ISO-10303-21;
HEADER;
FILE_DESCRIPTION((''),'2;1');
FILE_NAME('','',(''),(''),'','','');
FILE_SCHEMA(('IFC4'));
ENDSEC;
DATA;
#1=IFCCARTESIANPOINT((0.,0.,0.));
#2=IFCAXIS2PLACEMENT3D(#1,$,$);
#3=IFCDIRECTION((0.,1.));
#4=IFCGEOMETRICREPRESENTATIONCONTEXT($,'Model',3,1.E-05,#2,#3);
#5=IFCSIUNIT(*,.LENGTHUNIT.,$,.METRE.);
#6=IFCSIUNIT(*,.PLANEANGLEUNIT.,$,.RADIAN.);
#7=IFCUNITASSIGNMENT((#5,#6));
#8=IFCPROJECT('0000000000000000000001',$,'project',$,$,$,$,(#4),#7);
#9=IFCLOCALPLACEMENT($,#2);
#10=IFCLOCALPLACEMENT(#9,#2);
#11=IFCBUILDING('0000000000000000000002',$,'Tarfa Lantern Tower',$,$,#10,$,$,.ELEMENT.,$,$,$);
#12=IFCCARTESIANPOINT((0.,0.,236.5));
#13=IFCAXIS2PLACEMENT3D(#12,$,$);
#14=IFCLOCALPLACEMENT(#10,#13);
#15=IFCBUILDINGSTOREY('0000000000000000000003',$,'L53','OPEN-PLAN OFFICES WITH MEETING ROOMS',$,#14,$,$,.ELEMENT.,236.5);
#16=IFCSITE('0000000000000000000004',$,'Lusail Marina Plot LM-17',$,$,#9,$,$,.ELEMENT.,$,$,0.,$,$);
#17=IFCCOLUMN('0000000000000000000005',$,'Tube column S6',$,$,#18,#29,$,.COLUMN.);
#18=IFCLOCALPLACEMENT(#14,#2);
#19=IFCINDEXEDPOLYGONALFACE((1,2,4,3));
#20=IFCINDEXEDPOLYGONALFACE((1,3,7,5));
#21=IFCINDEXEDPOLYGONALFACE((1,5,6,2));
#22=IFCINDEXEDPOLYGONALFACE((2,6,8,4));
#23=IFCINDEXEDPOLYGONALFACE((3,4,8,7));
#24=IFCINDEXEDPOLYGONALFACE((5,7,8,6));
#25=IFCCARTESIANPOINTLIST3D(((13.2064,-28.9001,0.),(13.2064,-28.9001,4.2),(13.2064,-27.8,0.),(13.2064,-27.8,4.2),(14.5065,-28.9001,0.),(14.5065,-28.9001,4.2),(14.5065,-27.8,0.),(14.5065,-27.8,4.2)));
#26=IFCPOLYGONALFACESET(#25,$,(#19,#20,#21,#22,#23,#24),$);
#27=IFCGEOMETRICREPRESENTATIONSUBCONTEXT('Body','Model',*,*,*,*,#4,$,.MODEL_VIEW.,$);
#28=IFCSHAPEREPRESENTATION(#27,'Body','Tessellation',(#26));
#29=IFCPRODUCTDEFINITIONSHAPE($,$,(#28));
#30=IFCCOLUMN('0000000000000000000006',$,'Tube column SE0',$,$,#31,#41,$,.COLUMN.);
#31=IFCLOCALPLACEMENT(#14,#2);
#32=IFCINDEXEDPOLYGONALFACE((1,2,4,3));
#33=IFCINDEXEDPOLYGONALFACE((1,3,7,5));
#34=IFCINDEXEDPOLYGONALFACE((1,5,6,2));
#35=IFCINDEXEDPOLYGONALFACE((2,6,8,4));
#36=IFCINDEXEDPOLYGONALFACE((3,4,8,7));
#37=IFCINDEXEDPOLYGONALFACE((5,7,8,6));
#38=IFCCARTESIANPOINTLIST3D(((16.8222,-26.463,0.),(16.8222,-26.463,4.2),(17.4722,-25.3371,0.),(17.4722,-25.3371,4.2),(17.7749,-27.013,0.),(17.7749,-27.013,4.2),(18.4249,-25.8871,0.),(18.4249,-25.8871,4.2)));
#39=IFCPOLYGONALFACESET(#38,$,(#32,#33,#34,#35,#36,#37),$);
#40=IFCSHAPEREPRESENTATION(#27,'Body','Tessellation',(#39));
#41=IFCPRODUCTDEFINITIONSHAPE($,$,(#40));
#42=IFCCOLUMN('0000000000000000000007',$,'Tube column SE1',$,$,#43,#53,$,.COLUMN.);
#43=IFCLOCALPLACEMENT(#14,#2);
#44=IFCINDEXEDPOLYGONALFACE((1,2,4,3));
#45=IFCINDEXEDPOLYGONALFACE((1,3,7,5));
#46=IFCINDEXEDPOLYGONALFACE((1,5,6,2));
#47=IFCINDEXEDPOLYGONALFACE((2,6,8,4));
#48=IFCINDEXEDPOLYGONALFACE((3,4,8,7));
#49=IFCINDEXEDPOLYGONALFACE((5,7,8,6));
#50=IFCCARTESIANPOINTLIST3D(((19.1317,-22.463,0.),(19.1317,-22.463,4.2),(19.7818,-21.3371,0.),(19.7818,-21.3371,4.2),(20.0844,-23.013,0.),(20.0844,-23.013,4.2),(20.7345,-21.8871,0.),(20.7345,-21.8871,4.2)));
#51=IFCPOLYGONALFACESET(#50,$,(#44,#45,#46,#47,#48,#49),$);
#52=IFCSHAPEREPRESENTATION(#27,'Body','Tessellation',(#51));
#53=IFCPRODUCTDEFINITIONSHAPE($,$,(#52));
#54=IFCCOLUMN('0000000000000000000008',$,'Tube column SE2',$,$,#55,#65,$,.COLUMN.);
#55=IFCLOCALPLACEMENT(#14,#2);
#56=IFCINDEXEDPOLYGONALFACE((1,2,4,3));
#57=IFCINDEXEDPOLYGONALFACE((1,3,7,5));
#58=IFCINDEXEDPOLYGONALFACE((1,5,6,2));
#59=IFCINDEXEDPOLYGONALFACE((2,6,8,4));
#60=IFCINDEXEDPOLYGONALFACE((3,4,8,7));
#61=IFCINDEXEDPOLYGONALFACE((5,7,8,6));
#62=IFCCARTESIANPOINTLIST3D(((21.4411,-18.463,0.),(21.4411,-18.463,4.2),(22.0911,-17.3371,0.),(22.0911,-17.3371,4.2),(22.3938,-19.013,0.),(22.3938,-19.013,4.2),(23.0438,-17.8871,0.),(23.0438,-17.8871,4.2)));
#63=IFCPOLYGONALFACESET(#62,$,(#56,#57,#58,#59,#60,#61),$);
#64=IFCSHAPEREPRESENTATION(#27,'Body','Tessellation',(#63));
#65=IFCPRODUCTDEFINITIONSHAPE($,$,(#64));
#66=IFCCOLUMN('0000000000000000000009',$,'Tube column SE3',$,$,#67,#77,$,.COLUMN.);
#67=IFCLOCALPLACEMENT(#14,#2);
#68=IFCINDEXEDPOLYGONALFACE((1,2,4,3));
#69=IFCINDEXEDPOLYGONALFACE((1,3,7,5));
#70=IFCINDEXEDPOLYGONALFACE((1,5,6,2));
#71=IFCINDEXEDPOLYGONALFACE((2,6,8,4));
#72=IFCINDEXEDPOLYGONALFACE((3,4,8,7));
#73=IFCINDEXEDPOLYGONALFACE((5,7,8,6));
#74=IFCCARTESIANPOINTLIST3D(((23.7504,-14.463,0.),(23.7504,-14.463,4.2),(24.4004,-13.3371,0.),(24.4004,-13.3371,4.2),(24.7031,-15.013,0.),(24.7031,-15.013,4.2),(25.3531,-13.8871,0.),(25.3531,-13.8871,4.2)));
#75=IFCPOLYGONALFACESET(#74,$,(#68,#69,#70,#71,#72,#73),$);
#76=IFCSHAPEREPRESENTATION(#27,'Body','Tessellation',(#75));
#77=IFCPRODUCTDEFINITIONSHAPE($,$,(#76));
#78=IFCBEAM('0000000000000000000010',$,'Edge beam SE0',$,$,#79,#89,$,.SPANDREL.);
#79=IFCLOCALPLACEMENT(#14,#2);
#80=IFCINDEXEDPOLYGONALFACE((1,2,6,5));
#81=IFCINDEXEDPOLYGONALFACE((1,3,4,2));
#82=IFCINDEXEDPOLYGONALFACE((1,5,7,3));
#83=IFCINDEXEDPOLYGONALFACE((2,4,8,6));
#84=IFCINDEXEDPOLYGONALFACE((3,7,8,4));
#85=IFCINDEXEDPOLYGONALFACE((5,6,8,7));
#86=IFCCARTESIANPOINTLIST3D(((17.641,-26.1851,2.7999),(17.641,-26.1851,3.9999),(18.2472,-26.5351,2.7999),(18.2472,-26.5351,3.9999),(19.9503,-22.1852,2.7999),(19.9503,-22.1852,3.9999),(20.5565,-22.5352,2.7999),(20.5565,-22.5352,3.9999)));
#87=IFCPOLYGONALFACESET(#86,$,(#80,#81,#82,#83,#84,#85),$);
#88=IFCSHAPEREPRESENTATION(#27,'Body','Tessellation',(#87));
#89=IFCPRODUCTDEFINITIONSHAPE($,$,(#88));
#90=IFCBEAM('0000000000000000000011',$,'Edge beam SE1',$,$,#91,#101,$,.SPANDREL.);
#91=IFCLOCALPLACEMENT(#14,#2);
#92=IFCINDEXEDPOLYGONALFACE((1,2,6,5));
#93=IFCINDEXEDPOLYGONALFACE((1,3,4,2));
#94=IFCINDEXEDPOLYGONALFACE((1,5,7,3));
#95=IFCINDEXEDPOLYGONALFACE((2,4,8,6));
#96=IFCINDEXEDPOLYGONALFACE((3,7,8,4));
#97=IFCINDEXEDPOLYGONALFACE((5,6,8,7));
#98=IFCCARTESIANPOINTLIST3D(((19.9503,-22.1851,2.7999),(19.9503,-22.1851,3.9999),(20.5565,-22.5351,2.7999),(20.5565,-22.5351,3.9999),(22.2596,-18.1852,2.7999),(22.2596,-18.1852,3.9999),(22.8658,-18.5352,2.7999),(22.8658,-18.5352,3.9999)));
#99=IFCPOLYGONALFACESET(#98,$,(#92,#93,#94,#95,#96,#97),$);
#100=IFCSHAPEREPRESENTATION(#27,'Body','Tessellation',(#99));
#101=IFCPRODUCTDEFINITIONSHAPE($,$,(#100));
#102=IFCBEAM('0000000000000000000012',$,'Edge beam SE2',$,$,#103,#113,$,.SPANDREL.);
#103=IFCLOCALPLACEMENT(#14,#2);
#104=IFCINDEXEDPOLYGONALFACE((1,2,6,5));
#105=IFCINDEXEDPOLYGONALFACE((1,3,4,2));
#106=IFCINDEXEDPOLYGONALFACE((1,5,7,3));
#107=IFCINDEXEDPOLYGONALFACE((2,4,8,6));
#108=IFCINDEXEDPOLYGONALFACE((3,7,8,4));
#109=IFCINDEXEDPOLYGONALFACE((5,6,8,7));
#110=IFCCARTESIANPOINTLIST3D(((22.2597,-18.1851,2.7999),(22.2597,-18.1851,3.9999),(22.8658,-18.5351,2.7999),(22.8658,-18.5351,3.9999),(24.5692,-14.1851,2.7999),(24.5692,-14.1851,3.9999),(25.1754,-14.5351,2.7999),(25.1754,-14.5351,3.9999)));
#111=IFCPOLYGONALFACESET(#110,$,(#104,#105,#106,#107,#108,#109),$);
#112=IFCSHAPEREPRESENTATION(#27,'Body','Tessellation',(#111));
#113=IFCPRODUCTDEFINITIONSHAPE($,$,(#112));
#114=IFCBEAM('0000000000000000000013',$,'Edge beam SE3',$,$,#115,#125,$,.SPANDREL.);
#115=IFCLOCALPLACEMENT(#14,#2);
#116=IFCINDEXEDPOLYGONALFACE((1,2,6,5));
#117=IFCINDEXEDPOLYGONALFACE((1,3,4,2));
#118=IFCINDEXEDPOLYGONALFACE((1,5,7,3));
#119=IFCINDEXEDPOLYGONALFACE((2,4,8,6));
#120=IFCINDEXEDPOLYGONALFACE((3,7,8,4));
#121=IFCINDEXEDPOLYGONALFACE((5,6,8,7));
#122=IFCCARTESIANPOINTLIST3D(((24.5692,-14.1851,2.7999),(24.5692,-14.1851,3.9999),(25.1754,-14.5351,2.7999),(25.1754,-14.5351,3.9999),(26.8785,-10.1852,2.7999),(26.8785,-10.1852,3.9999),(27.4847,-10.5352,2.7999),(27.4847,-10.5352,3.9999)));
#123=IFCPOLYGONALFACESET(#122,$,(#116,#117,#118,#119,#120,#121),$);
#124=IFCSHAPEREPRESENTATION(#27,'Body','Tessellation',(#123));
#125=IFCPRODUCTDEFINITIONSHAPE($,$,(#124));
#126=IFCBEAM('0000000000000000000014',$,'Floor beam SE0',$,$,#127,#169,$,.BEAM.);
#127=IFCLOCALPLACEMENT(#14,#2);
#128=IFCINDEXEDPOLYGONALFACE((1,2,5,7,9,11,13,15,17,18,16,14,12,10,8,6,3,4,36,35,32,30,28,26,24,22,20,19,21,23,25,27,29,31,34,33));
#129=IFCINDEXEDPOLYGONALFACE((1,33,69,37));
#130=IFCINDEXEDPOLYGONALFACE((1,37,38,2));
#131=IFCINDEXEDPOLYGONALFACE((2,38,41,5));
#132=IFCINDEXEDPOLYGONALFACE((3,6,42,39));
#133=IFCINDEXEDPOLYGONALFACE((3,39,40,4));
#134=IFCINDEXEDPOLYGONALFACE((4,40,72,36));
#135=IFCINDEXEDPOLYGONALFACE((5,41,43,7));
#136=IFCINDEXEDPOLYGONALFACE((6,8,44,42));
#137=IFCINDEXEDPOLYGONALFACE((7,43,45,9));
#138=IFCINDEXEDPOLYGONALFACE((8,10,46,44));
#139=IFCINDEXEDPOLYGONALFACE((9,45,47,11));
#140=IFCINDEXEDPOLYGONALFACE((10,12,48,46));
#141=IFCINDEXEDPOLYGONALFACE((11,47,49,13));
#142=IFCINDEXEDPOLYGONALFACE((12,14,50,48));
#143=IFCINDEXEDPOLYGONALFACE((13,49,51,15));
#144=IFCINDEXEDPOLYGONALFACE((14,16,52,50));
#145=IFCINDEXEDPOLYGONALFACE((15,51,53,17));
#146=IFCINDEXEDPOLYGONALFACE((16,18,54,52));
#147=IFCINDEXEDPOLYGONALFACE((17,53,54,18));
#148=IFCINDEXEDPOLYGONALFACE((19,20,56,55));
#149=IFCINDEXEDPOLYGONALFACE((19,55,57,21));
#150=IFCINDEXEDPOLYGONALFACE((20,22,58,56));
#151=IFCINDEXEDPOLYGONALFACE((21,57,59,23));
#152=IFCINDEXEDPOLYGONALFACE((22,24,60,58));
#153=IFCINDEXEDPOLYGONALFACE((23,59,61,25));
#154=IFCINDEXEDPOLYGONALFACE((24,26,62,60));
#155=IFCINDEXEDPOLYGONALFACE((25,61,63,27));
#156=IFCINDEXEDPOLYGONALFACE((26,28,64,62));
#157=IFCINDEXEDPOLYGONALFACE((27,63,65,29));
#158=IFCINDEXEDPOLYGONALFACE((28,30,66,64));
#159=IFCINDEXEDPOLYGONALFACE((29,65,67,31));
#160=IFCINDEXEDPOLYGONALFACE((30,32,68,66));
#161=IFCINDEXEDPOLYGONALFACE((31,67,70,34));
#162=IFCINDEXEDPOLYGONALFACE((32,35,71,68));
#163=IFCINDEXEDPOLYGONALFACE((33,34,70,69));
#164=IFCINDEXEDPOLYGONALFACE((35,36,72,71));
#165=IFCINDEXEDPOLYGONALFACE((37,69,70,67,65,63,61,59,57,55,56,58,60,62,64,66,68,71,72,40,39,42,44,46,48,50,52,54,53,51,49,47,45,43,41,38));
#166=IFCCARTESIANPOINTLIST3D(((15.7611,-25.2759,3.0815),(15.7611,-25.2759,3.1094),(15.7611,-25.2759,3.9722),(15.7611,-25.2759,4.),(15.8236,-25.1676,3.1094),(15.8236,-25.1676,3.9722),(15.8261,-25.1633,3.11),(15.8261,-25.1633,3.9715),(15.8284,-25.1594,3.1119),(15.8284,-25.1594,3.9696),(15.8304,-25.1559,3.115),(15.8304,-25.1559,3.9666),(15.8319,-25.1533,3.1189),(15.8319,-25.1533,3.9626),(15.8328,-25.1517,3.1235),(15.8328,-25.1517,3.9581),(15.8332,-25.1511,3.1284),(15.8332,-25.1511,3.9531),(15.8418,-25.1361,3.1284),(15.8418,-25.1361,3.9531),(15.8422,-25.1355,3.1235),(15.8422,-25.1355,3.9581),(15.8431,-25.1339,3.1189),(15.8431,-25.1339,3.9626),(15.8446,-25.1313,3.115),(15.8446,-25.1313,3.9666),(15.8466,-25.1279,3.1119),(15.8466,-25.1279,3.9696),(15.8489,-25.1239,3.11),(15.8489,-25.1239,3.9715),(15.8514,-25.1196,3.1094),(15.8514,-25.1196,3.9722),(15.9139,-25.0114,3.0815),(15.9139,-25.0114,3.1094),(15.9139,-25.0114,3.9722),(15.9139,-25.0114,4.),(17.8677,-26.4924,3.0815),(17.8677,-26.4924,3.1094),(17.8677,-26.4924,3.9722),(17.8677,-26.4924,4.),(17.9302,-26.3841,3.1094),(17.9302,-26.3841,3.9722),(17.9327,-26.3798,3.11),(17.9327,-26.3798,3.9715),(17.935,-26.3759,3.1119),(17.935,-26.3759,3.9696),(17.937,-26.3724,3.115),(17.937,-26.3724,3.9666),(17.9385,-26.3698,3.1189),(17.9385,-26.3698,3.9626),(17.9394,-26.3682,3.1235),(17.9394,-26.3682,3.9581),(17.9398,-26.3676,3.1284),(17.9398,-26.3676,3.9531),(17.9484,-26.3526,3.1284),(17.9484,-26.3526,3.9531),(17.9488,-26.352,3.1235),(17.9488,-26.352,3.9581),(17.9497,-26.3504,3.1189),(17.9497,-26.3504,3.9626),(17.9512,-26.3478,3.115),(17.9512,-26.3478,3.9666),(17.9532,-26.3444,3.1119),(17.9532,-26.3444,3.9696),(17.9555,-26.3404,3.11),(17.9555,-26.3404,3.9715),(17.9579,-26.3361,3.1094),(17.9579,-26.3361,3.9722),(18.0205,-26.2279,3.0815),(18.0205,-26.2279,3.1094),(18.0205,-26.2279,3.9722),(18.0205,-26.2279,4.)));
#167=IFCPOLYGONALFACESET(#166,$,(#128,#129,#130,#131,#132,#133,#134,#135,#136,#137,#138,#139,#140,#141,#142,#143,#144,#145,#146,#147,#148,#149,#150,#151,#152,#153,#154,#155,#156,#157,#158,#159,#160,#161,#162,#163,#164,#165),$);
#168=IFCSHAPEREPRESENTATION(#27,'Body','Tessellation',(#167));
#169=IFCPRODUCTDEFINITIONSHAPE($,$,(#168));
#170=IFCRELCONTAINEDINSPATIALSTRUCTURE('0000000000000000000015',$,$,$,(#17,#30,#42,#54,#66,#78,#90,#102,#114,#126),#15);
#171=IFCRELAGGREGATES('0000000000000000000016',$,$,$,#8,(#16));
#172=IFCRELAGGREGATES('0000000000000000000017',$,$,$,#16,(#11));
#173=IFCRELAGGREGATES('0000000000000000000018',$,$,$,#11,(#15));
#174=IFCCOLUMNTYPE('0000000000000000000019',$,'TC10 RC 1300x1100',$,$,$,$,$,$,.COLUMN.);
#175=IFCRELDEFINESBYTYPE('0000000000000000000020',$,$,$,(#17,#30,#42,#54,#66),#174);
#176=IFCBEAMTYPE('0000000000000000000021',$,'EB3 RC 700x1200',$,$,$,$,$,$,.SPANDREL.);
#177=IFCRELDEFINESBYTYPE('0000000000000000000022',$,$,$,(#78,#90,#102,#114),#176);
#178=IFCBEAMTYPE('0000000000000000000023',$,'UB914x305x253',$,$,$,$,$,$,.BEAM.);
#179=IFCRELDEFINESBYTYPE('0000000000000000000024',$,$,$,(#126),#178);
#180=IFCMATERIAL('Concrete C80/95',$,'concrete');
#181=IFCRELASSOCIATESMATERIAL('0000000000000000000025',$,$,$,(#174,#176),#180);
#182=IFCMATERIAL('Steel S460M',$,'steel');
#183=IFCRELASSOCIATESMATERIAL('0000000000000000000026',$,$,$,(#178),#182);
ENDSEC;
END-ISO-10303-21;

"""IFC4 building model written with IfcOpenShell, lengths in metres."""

from ifc_helpers import new_model, si_unit, direction, frame, origin, origin_2d, place, context, subcontext, project, spatial, rectangle, i_section, extrude, material, material_profile, profile_set, type_object, element, save


model = new_model("IFC4")

# Units and contexts
model_context = context("Model", 3, precision=1e-05, world=origin(), true_north=direction((0.0, 1.0)))
body_context = subcontext(model_context, "Body", "Model", "MODEL_VIEW")
ifc_project = project(units=[si_unit("LENGTHUNIT", "METRE"), si_unit("PLANEANGLEUNIT", "RADIAN")], contexts=[model_context])

# Site, building, storey
site_placement = place(None, origin())
site = spatial("IfcSite", under=ifc_project, at=site_placement, Name="Lusail Marina Plot LM-17", CompositionType="ELEMENT", RefElevation=0.0)
building_placement = place(site_placement, origin())
building = spatial("IfcBuilding", under=site, at=building_placement, Name="Tarfa Lantern Tower", CompositionType="ELEMENT")
storey_placement = place(building_placement, frame((0.0, 0.0, 236.5)))
storey = spatial("IfcBuildingStorey", under=building, at=storey_placement, Name="L53", Description="OPEN-PLAN OFFICES WITH MEETING ROOMS", CompositionType="ELEMENT", Elevation=236.5)

# Columns
ifc_material_1 = material(Name="Concrete C80/95", Category="concrete")
ifc_material_profile_1 = material_profile(ifc_material_1, rectangle(XDim=1.3, YDim=1.1001, at=origin_2d()), Name="RC 1300x1100")
ifc_profile_set_1 = profile_set([ifc_material_profile_1], Name="Concrete C80/95")
column_type = type_object("IfcColumnType", Name="TC10 RC 1300x1100", PredefinedType="COLUMN", material=ifc_profile_set_1)
for number, where, z_axis, x_axis, name in (
    (1, (13.8564, -28.3501, 0.0), (0.0, 0.0, 1.0), (1.0, 0.0, 0.0), "Tube column S6"),
    (2, (17.6235, -26.175, 0.0), (0.0, 0.0, 1.0), (0.5, 0.866025, 0.0), "Tube column SE0"),
    (3, (19.9331, -22.175, 0.0), (0.0, 0.0, 1.0), (0.5, 0.866025, 0.0), "Tube column SE1"),
    (4, (22.2424, -18.175, 0.0), (0.0, 0.0, 1.0), (0.5, 0.866025, 0.0), "Tube column SE2"),
    (5, (24.5518, -14.175, 0.0), (0.0, 0.0, 1.0), (0.5, 0.866025, 0.0), "Tube column SE3"),
):
    element("IfcColumn", number, at=place(storey_placement, frame(where, z_axis=z_axis, x_axis=x_axis)), inside=storey, type_object=column_type, Name=name, PredefinedType="COLUMN", context=body_context, shape_type="SweptSolid", body=[
        extrude(rectangle(XDim=1.3, YDim=1.1001, at=origin_2d()), origin(), (0.0, 0.0, 1.0), 4.2),
    ])

# Beams
ifc_material_profile_2 = material_profile(ifc_material_1, rectangle(XDim=0.7, YDim=1.2, at=origin_2d()), Name="RC 700x1200")
ifc_profile_set_2 = profile_set([ifc_material_profile_2], Name="Concrete C80/95")
beam_type_1 = type_object("IfcBeamType", Name="EB3 RC 700x1200", PredefinedType="SPANDREL", material=ifc_profile_set_2)
for number, where, z_axis, x_axis, name in (
    (6, (17.9441, -26.3601, 3.3999), (0.499988, 0.866032, 0.0), (-0.866032, 0.499988, 0.0), "Edge beam SE0"),
    (7, (20.2534, -22.3601, 3.3999), (0.499988, 0.866032, 0.0), (-0.866032, 0.499988, 0.0), "Edge beam SE1"),
):
    element("IfcBeam", number, at=place(storey_placement, frame(where, z_axis=z_axis, x_axis=x_axis)), inside=storey, type_object=beam_type_1, Name=name, PredefinedType="SPANDREL", context=body_context, shape_type="SweptSolid", body=[
        extrude(rectangle(XDim=0.7, YDim=1.2, at=origin_2d()), origin(), (0.0, 0.0, 1.0), 4.6187),
    ])
beam_1_placement = place(storey_placement, frame((22.5627, -18.3601, 3.3999), z_axis=(0.500027, 0.86601, 0.0), x_axis=(-0.86601, 0.500027, 0.0)))
element("IfcBeam", 8, at=beam_1_placement, inside=storey, type_object=beam_type_1, Name="Edge beam SE2", PredefinedType="SPANDREL", context=body_context, shape_type="SweptSolid", body=[
    extrude(rectangle(XDim=0.7, YDim=1.2, at=origin_2d()), origin(), (0.0, 0.0, 1.0), 4.6189),
])
beam_2_placement = place(storey_placement, frame((24.8723, -14.3601, 3.3999), z_axis=(0.499988, 0.866032, 0.0), x_axis=(-0.866032, 0.499988, 0.0)))
element("IfcBeam", 9, at=beam_2_placement, inside=storey, type_object=beam_type_1, Name="Edge beam SE3", PredefinedType="SPANDREL", context=body_context, shape_type="SweptSolid", body=[
    extrude(rectangle(XDim=0.7, YDim=1.2, at=origin_2d()), origin(), (0.0, 0.0, 1.0), 4.6187),
])
ifc_material_2 = material(Name="Steel S460M", Category="steel")
ifc_material_profile_3 = material_profile(ifc_material_2, i_section(OverallWidth=0.3054, OverallDepth=0.9185, WebThickness=0.0173, FlangeThickness=0.0278, FilletRadius=0.019, at=origin_2d()), Name="UB914x305x253")
ifc_profile_set_3 = profile_set([ifc_material_profile_3], Name="Steel S460M")
beam_type_2 = type_object("IfcBeamType", Name="UB914x305x253", PredefinedType="BEAM", material=ifc_profile_set_3)
beam_3_placement = place(storey_placement, frame((17.9441, -26.3601, 3.5408), z_axis=(-0.86598, 0.500079, 0.0), x_axis=(-0.500079, -0.86598, 0.0)))
element("IfcBeam", 10, at=beam_3_placement, inside=storey, type_object=beam_type_2, Name="Floor beam SE0", PredefinedType="BEAM", context=body_context, shape_type="SweptSolid", body=[
    extrude(i_section(OverallWidth=0.3054, OverallDepth=0.9185, WebThickness=0.0173, FlangeThickness=0.0278, FilletRadius=0.019, at=origin_2d()), origin(), (0.0, 0.0, 1.0), 2.4326),
])

save(model, "model.ifc")
